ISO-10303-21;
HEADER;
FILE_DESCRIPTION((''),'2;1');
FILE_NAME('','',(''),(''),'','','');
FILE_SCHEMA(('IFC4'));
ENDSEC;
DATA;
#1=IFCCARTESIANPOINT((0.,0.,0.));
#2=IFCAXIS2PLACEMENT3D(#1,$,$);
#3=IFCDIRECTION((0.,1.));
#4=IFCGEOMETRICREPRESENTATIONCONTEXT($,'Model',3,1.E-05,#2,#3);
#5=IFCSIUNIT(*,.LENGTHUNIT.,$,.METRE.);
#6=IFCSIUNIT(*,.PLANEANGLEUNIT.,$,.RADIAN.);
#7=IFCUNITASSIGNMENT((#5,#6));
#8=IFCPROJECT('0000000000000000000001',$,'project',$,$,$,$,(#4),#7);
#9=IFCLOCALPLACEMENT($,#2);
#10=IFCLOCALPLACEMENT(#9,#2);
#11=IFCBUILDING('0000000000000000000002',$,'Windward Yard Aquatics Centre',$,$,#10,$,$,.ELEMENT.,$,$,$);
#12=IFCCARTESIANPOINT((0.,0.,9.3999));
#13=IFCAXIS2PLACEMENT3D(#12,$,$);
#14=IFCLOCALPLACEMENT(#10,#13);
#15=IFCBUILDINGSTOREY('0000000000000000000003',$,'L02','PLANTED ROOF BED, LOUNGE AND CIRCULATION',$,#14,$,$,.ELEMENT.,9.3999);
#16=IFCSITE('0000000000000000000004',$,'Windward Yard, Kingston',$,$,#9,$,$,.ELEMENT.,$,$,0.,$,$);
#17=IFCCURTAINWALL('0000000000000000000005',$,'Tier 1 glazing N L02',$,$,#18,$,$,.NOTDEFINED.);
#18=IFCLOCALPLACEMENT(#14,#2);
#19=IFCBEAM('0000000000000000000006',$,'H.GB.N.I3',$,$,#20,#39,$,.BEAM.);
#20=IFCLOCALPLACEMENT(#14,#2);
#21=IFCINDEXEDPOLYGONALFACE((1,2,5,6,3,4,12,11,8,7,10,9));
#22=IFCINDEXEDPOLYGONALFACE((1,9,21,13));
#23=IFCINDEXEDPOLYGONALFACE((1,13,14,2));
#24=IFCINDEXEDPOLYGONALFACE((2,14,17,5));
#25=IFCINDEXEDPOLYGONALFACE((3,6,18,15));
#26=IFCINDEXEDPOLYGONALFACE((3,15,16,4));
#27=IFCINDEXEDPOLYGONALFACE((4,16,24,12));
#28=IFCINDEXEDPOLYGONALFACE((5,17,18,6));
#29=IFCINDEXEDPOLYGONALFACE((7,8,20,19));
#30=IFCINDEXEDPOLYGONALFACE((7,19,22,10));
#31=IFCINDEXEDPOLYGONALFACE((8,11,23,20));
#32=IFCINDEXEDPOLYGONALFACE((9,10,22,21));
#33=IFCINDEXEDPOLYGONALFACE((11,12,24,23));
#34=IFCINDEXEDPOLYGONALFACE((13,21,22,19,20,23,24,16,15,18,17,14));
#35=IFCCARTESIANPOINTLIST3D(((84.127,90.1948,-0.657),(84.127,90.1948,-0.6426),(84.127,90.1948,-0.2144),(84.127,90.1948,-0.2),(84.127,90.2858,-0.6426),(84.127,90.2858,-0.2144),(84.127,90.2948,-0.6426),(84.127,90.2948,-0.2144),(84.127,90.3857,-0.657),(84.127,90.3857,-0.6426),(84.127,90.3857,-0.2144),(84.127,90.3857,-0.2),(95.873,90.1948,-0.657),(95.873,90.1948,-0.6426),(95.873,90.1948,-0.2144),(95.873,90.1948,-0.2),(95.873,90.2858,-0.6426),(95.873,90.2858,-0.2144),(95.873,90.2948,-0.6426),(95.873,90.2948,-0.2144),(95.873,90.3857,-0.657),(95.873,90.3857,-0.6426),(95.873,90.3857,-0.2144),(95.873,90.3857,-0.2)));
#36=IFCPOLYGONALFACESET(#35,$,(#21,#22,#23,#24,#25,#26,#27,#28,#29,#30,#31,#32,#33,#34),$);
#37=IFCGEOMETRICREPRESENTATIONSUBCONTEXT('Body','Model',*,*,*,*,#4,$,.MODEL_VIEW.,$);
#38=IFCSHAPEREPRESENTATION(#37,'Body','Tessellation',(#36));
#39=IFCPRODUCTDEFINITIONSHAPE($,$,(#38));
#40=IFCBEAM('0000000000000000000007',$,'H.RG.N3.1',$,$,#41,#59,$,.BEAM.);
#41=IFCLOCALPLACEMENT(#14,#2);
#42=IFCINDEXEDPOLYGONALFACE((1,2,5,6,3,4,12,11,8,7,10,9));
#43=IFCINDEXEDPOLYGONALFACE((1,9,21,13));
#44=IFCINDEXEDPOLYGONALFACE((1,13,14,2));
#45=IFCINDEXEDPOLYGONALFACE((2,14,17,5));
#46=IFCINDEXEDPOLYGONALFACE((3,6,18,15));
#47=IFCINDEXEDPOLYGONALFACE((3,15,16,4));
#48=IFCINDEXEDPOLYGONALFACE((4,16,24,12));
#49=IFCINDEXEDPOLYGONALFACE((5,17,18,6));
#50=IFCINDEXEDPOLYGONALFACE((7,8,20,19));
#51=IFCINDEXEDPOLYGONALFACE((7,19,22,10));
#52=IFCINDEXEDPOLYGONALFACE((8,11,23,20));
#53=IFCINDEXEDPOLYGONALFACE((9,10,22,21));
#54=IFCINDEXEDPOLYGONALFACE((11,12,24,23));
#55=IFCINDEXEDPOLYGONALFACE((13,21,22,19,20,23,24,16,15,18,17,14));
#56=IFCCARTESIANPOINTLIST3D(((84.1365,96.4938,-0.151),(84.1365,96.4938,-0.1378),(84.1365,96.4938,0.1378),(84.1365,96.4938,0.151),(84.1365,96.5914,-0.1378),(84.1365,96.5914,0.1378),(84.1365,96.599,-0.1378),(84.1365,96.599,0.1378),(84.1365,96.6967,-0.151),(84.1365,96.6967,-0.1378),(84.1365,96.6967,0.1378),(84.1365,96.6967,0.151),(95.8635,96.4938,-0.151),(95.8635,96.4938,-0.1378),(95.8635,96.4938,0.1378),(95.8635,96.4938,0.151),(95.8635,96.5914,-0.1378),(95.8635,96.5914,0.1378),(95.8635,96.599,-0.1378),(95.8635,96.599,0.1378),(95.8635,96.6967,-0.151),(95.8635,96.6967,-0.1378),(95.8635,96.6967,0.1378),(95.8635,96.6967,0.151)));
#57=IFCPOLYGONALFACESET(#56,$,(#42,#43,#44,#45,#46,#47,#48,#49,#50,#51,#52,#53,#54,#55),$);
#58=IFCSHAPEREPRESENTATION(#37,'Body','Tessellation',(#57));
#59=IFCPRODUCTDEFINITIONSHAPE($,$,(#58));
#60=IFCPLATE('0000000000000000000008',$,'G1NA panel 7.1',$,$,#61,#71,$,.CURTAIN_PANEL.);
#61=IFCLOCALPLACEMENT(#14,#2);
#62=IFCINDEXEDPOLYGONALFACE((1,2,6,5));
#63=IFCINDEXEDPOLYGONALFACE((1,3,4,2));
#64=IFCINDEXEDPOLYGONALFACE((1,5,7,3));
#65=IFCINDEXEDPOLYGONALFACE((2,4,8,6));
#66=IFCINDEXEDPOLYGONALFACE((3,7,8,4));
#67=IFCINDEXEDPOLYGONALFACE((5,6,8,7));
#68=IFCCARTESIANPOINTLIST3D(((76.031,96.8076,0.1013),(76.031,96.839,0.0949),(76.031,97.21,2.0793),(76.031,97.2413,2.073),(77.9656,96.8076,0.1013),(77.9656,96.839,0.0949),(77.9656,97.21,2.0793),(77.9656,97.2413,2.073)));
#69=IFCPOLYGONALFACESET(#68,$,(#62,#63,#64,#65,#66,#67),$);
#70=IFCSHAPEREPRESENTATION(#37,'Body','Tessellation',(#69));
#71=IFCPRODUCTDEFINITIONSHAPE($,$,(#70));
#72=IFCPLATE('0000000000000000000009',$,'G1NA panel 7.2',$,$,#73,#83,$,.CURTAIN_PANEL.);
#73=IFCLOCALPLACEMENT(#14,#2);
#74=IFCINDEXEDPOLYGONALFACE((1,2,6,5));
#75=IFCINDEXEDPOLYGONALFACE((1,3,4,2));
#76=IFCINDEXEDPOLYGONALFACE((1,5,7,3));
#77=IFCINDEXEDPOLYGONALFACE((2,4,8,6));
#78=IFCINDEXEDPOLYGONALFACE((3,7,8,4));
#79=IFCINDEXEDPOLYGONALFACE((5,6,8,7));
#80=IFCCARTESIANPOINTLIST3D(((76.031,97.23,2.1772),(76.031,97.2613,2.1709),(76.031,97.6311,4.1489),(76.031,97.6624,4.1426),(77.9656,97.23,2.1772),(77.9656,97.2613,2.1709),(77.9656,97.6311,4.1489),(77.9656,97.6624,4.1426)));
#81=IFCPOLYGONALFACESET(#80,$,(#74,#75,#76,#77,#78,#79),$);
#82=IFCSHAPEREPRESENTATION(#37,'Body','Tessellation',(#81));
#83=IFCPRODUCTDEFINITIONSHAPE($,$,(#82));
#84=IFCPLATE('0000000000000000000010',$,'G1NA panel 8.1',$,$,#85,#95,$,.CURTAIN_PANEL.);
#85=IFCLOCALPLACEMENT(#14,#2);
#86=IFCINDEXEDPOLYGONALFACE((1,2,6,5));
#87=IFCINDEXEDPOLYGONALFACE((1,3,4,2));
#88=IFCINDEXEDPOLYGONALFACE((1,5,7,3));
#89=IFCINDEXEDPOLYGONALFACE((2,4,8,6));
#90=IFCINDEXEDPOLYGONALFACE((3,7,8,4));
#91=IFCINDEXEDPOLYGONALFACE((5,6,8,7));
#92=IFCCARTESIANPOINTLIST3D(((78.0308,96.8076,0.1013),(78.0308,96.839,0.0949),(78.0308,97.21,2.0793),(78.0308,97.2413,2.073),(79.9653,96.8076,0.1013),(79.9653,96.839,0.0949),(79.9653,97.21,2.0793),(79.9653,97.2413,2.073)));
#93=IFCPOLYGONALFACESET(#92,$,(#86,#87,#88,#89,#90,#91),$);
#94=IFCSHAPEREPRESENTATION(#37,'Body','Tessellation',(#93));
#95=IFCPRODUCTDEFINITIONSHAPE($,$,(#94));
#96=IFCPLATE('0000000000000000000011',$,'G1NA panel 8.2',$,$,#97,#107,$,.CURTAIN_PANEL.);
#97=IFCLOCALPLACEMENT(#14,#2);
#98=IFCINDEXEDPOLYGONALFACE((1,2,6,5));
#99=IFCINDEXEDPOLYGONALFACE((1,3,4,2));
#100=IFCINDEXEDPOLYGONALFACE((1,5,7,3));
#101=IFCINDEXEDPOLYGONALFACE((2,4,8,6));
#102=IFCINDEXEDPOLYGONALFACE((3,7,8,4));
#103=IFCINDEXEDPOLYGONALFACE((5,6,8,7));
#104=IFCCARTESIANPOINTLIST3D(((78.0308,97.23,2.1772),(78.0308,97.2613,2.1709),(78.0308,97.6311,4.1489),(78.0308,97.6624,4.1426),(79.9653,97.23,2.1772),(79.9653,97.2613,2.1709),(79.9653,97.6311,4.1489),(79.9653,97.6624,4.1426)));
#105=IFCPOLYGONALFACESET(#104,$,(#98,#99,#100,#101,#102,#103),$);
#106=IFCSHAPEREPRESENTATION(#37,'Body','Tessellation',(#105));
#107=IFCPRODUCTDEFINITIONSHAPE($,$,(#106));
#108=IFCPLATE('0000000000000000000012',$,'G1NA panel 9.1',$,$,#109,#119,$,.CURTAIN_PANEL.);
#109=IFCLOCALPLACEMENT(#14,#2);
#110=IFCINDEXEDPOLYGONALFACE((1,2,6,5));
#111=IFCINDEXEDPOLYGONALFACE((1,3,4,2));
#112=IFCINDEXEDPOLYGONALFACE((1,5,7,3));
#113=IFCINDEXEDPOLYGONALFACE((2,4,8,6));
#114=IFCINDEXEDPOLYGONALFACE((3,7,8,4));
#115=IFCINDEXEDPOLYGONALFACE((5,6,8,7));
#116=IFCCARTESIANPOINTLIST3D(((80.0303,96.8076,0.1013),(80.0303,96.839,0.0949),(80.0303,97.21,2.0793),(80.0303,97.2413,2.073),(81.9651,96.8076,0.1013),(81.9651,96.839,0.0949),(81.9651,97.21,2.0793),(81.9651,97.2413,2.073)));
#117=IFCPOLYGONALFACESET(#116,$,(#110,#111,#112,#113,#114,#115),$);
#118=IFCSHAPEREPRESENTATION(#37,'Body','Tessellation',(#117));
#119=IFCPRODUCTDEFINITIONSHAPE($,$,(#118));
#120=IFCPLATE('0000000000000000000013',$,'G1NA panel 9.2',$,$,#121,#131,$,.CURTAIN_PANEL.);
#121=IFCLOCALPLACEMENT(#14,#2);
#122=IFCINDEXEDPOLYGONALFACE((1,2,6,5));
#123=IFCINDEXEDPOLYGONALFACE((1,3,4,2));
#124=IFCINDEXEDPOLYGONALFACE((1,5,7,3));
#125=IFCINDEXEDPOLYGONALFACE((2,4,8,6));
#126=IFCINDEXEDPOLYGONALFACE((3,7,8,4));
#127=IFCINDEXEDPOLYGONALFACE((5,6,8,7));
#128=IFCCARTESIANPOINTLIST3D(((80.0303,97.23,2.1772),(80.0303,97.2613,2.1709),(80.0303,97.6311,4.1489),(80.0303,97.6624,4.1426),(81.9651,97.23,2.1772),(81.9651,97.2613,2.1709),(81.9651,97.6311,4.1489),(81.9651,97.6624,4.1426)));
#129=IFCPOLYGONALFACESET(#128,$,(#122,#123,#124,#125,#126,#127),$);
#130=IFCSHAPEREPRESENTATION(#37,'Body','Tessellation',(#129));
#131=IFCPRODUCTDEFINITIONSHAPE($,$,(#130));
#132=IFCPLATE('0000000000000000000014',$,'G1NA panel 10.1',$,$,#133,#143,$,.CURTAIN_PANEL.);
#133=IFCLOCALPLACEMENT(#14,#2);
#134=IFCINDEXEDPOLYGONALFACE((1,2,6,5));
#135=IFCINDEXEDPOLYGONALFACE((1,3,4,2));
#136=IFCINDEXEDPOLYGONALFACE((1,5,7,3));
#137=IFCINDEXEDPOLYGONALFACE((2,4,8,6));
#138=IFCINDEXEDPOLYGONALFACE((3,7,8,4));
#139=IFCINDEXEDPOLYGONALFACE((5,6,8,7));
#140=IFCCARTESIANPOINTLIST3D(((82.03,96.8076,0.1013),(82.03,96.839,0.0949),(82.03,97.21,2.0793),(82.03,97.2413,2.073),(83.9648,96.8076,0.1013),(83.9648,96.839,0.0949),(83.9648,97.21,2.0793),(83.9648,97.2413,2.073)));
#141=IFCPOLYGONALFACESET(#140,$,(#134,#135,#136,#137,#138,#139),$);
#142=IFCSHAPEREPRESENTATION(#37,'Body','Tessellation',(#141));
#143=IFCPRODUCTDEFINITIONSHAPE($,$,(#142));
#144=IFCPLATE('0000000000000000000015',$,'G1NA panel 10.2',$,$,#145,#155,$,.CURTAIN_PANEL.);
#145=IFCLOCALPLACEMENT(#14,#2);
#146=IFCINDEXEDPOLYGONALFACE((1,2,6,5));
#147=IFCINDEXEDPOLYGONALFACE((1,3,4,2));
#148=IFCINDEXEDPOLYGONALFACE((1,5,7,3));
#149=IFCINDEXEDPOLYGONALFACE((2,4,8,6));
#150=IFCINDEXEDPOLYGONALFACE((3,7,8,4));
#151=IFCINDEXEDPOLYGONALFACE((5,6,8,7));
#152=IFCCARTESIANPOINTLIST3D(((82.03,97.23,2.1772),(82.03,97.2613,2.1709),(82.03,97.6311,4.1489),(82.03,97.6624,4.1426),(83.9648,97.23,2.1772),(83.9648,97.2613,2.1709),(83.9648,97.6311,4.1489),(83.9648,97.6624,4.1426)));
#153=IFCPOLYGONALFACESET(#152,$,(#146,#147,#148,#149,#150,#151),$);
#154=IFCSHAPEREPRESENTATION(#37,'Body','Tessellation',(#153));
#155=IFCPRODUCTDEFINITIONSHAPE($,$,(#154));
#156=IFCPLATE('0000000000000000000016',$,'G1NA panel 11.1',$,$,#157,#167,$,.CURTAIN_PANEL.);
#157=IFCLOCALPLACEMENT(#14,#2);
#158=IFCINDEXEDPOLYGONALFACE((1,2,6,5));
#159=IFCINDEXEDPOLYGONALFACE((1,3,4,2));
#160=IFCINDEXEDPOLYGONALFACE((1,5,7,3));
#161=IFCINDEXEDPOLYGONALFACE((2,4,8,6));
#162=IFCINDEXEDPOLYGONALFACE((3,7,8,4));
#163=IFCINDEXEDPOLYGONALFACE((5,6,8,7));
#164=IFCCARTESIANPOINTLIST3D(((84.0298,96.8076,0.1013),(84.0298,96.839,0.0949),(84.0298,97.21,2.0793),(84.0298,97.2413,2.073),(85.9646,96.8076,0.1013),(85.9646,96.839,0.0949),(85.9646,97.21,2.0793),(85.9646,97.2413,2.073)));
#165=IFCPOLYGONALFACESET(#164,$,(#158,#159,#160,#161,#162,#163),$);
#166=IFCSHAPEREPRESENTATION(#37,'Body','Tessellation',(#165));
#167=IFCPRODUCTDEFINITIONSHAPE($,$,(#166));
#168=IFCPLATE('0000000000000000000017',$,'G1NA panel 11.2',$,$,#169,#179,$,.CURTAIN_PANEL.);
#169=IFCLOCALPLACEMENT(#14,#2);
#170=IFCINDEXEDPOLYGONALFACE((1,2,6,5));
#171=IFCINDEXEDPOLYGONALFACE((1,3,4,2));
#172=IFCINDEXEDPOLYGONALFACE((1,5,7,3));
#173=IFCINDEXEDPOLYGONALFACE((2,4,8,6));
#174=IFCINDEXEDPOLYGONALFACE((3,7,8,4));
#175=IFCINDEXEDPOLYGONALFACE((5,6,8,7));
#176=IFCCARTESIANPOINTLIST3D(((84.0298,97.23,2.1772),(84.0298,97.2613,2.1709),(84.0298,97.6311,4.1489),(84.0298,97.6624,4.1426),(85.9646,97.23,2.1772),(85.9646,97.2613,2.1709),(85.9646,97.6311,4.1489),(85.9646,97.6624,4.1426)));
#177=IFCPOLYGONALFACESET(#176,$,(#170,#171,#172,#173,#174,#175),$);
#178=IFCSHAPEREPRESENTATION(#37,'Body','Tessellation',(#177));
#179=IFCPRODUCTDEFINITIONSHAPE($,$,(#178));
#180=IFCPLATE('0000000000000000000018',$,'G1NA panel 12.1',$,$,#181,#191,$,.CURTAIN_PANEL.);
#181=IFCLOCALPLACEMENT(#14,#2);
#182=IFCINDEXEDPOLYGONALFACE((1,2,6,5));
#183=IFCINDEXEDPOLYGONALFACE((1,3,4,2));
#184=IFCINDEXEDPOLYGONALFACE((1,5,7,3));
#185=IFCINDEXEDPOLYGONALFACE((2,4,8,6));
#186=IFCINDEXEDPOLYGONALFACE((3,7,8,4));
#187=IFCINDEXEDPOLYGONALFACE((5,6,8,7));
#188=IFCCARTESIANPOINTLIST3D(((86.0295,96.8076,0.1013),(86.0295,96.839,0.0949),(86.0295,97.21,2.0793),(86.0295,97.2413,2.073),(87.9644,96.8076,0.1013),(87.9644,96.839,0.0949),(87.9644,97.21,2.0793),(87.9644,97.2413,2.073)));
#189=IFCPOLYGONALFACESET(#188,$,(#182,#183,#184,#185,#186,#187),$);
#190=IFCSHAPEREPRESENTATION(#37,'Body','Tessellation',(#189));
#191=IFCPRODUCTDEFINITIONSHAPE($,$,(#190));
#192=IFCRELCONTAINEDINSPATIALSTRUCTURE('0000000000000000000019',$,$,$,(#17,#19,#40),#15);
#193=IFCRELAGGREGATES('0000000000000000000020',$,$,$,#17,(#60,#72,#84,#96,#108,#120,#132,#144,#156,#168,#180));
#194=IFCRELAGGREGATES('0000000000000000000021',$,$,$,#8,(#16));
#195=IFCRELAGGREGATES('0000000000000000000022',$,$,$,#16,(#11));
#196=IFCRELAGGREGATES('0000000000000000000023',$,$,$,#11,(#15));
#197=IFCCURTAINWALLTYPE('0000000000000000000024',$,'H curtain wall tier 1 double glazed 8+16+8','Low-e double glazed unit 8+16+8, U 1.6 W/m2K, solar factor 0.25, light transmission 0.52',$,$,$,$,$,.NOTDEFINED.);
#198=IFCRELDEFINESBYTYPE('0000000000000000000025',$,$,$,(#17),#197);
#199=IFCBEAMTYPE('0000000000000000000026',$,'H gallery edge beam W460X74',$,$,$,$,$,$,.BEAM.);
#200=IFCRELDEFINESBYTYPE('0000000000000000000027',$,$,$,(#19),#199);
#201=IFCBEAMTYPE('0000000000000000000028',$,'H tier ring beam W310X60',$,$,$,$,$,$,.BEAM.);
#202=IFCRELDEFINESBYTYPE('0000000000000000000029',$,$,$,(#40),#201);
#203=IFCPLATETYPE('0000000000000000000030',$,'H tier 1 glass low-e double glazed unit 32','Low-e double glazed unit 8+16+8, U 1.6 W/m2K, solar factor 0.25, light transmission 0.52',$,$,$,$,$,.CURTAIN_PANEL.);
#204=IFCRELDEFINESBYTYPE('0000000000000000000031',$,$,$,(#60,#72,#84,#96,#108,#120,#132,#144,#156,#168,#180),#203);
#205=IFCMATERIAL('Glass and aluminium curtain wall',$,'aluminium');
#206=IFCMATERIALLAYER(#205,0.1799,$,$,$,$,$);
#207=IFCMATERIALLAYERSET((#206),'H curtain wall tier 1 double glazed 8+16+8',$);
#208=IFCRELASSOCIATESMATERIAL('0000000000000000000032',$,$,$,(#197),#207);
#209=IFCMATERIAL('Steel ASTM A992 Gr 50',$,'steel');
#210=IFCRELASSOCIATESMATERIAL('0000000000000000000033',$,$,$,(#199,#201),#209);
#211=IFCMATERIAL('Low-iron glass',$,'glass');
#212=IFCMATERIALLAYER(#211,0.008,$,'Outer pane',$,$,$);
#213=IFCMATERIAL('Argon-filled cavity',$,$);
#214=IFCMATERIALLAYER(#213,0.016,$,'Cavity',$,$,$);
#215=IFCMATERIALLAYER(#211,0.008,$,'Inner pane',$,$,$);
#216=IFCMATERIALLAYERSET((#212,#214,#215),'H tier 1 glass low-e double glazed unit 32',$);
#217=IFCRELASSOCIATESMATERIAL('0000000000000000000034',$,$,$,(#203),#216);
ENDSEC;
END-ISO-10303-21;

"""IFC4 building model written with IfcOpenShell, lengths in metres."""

from ifc_helpers import new_model, si_unit, direction, frame, origin, origin_2d, place, context, subcontext, project, spatial, polyline, i_section, outline, extrude, material, layer, layer_set, material_profile, profile_set, type_object, element, aggregate, save


model = new_model("IFC4")

# Units and contexts
model_context = context("Model", 3, precision=1e-05, world=origin(), true_north=direction((0.0, 1.0)))
body_context = subcontext(model_context, "Body", "Model", "MODEL_VIEW")
ifc_project = project(units=[si_unit("LENGTHUNIT", "METRE"), si_unit("PLANEANGLEUNIT", "RADIAN")], contexts=[model_context])

# Site, building, storey
site_placement = place(None, origin())
site = spatial("IfcSite", under=ifc_project, at=site_placement, Name="Windward Yard, Kingston", CompositionType="ELEMENT", RefElevation=0.0)
building_placement = place(site_placement, origin())
building = spatial("IfcBuilding", under=site, at=building_placement, Name="Windward Yard Aquatics Centre", CompositionType="ELEMENT")
storey_placement = place(building_placement, frame((0.0, 0.0, 9.3999)))
storey = spatial("IfcBuildingStorey", under=building, at=storey_placement, Name="L02", Description="PLANTED ROOF BED, LOUNGE AND CIRCULATION", CompositionType="ELEMENT", Elevation=9.3999)

# Curtain wall
ifc_material_1 = material(Name="Glass and aluminium curtain wall", Category="aluminium")
ifc_layer_1 = layer(ifc_material_1, 0.1799)
ifc_layer_set_1 = layer_set([ifc_layer_1], Name="H curtain wall tier 1 double glazed 8+16+8")
curtain_wall_type = type_object("IfcCurtainWallType", Name="H curtain wall tier 1 double glazed 8+16+8", Description="Low-e double glazed unit 8+16+8, U 1.6 W/m2K, solar factor 0.25, light transmission 0.52", PredefinedType="NOTDEFINED", material=ifc_layer_set_1)
curtain_wall_placement = place(storey_placement, origin())
curtain_wall = element("IfcCurtainWall", 1, at=curtain_wall_placement, inside=storey, type_object=curtain_wall_type, Name="Tier 1 glazing N L02", PredefinedType="NOTDEFINED")

# Beams
ifc_material_2 = material(Name="Steel ASTM A992 Gr 50", Category="steel")
ifc_material_profile_1 = material_profile(ifc_material_2, i_section(OverallWidth=0.1909, OverallDepth=0.457, WebThickness=0.009, FlangeThickness=0.0144, at=origin_2d()), Name="W460X74")
ifc_profile_set_1 = profile_set([ifc_material_profile_1], Name="Steel ASTM A992 Gr 50")
beam_type_1 = type_object("IfcBeamType", Name="H gallery edge beam W460X74", PredefinedType="BEAM", material=ifc_profile_set_1)
beam_1_placement = place(storey_placement, frame((84.127, 90.2903, -0.4285), z_axis=(1.0, 0.0, 0.0), x_axis=(0.0, 1.0, 0.0)))
element("IfcBeam", 2, at=beam_1_placement, inside=storey, type_object=beam_type_1, Name="H.GB.N.I3", PredefinedType="BEAM", context=body_context, shape_type="SweptSolid", body=[
    extrude(i_section(OverallWidth=0.1909, OverallDepth=0.457, WebThickness=0.009, FlangeThickness=0.0144, at=origin_2d()), origin(), (0.0, 0.0, 1.0), 11.7461),
])
ifc_material_profile_2 = material_profile(ifc_material_2, i_section(OverallWidth=0.2029, OverallDepth=0.302, WebThickness=0.0076, FlangeThickness=0.0132, at=origin_2d()), Name="W310X60")
ifc_profile_set_2 = profile_set([ifc_material_profile_2], Name="Steel ASTM A992 Gr 50")
beam_type_2 = type_object("IfcBeamType", Name="H tier ring beam W310X60", PredefinedType="BEAM", material=ifc_profile_set_2)
beam_2_placement = place(storey_placement, frame((84.1365, 96.5952, 0.0), z_axis=(1.0, 0.0, 0.0), x_axis=(0.0, 1.0, 0.0)))
element("IfcBeam", 3, at=beam_2_placement, inside=storey, type_object=beam_type_2, Name="H.RG.N3.1", PredefinedType="BEAM", context=body_context, shape_type="SweptSolid", body=[
    extrude(i_section(OverallWidth=0.2029, OverallDepth=0.302, WebThickness=0.0076, FlangeThickness=0.0132, at=origin_2d()), origin(), (0.0, 0.0, 1.0), 11.7271),
])

# Plates
ifc_material_3 = material(Name="Low-iron glass", Category="glass")
ifc_layer_2 = layer(ifc_material_3, 0.008, Name="Outer pane")
ifc_material_4 = material(Name="Argon-filled cavity")
ifc_layer_3 = layer(ifc_material_4, 0.016, Name="Cavity")
ifc_layer_4 = layer(ifc_material_3, 0.008, Name="Inner pane")
ifc_layer_set_2 = layer_set([ifc_layer_2, ifc_layer_3, ifc_layer_4], Name="H tier 1 glass low-e double glazed unit 32")
plate_type = type_object("IfcPlateType", Name="H tier 1 glass low-e double glazed unit 32", Description="Low-e double glazed unit 8+16+8, U 1.6 W/m2K, solar factor 0.25, light transmission 0.52", PredefinedType="CURTAIN_PANEL", material=ifc_layer_set_2)
plate_1_placement = place(storey_placement, frame((76.031, 96.8076, 0.1013), z_axis=(0.0, -0.979933, 0.199325), x_axis=(1.0, 0.0, 0.0)))
plate_1 = element("IfcPlate", 4, at=plate_1_placement, type_object=plate_type, Name="G1NA panel 7.1", PredefinedType="CURTAIN_PANEL", context=body_context, shape_type="SweptSolid", body=[
    extrude(outline(polyline([(0.0, 0.0), (1.9346, 0.0), (1.9346, 2.0185), (0.0, 2.0185), (0.0, 0.0)])), origin(), (0.0, 0.0, -1.0), 0.032),
])
plate_2_placement = place(storey_placement, frame((76.031, 97.23, 2.1772), z_axis=(0.0, -0.979927, 0.199359), x_axis=(1.0, 0.0, 0.0)))
plate_2 = element("IfcPlate", 5, at=plate_2_placement, type_object=plate_type, Name="G1NA panel 7.2", PredefinedType="CURTAIN_PANEL", context=body_context, shape_type="SweptSolid", body=[
    extrude(outline(polyline([(0.0, 0.0), (1.9346, 0.0), (1.9346, 2.0121), (0.0, 2.0121), (0.0, 0.0)])), origin(), (0.0, 0.0, -1.0), 0.032),
])
plate_3_placement = place(storey_placement, frame((78.0308, 96.8076, 0.1013), z_axis=(0.0, -0.979933, 0.199325), x_axis=(1.0, 0.0, 0.0)))
plate_3 = element("IfcPlate", 6, at=plate_3_placement, type_object=plate_type, Name="G1NA panel 8.1", PredefinedType="CURTAIN_PANEL", context=body_context, shape_type="SweptSolid", body=[
    extrude(outline(polyline([(0.0, 0.0), (1.9346, 0.0), (1.9346, 2.0185), (0.0, 2.0185), (0.0, 0.0)])), origin(), (0.0, 0.0, -1.0), 0.032),
])
plate_4_placement = place(storey_placement, frame((78.0308, 97.23, 2.1772), z_axis=(0.0, -0.979927, 0.199359), x_axis=(1.0, 0.0, 0.0)))
plate_4 = element("IfcPlate", 7, at=plate_4_placement, type_object=plate_type, Name="G1NA panel 8.2", PredefinedType="CURTAIN_PANEL", context=body_context, shape_type="SweptSolid", body=[
    extrude(outline(polyline([(0.0, 0.0), (1.9346, 0.0), (1.9346, 2.0121), (0.0, 2.0121), (0.0, 0.0)])), origin(), (0.0, 0.0, -1.0), 0.032),
])
plate_5_placement = place(storey_placement, frame((80.0303, 96.8076, 0.1013), z_axis=(0.0, -0.979933, 0.199325), x_axis=(1.0, 0.0, 0.0)))
plate_5 = element("IfcPlate", 8, at=plate_5_placement, type_object=plate_type, Name="G1NA panel 9.1", PredefinedType="CURTAIN_PANEL", context=body_context, shape_type="SweptSolid", body=[
    extrude(outline(polyline([(0.0, 0.0), (1.9348, 0.0), (1.9348, 2.0185), (0.0, 2.0185), (0.0, 0.0)])), origin(), (0.0, 0.0, -1.0), 0.032),
])
plate_6_placement = place(storey_placement, frame((80.0303, 97.23, 2.1772), z_axis=(0.0, -0.979927, 0.199359), x_axis=(1.0, 0.0, 0.0)))
plate_6 = element("IfcPlate", 9, at=plate_6_placement, type_object=plate_type, Name="G1NA panel 9.2", PredefinedType="CURTAIN_PANEL", context=body_context, shape_type="SweptSolid", body=[
    extrude(outline(polyline([(0.0, 0.0), (1.9348, 0.0), (1.9348, 2.0121), (0.0, 2.0121), (0.0, 0.0)])), origin(), (0.0, 0.0, -1.0), 0.032),
])
plate_7_placement = place(storey_placement, frame((82.03, 96.8076, 0.1013), z_axis=(0.0, -0.979933, 0.199325), x_axis=(1.0, 0.0, 0.0)))
plate_7 = element("IfcPlate", 10, at=plate_7_placement, type_object=plate_type, Name="G1NA panel 10.1", PredefinedType="CURTAIN_PANEL", context=body_context, shape_type="SweptSolid", body=[
    extrude(outline(polyline([(0.0, 0.0), (1.9348, 0.0), (1.9348, 2.0185), (0.0, 2.0185), (0.0, 0.0)])), origin(), (0.0, 0.0, -1.0), 0.032),
])
plate_8_placement = place(storey_placement, frame((82.03, 97.23, 2.1772), z_axis=(0.0, -0.979927, 0.199359), x_axis=(1.0, 0.0, 0.0)))
plate_8 = element("IfcPlate", 11, at=plate_8_placement, type_object=plate_type, Name="G1NA panel 10.2", PredefinedType="CURTAIN_PANEL", context=body_context, shape_type="SweptSolid", body=[
    extrude(outline(polyline([(0.0, 0.0), (1.9348, 0.0), (1.9348, 2.0121), (0.0, 2.0121), (0.0, 0.0)])), origin(), (0.0, 0.0, -1.0), 0.032),
])
plate_9_placement = place(storey_placement, frame((84.0298, 96.8076, 0.1013), z_axis=(0.0, -0.979933, 0.199325), x_axis=(1.0, 0.0, 0.0)))
plate_9 = element("IfcPlate", 12, at=plate_9_placement, type_object=plate_type, Name="G1NA panel 11.1", PredefinedType="CURTAIN_PANEL", context=body_context, shape_type="SweptSolid", body=[
    extrude(outline(polyline([(0.0, 0.0), (1.9348, 0.0), (1.9348, 2.0185), (0.0, 2.0185), (0.0, 0.0)])), origin(), (0.0, 0.0, -1.0), 0.032),
])
plate_10_placement = place(storey_placement, frame((84.0298, 97.23, 2.1772), z_axis=(0.0, -0.979927, 0.199359), x_axis=(1.0, 0.0, 0.0)))
plate_10 = element("IfcPlate", 13, at=plate_10_placement, type_object=plate_type, Name="G1NA panel 11.2", PredefinedType="CURTAIN_PANEL", context=body_context, shape_type="SweptSolid", body=[
    extrude(outline(polyline([(0.0, 0.0), (1.9348, 0.0), (1.9348, 2.0121), (0.0, 2.0121), (0.0, 0.0)])), origin(), (0.0, 0.0, -1.0), 0.032),
])
plate_11_placement = place(storey_placement, frame((86.0295, 96.8076, 0.1013), z_axis=(0.0, -0.979933, 0.199325), x_axis=(1.0, 0.0, 0.0)))
plate_11 = element("IfcPlate", 14, at=plate_11_placement, type_object=plate_type, Name="G1NA panel 12.1", PredefinedType="CURTAIN_PANEL", context=body_context, shape_type="SweptSolid", body=[
    extrude(outline(polyline([(0.0, 0.0), (1.9348, 0.0), (1.9348, 2.0185), (0.0, 2.0185), (0.0, 0.0)])), origin(), (0.0, 0.0, -1.0), 0.032),
])
aggregate(curtain_wall, [plate_1, plate_2, plate_3, plate_4, plate_5, plate_6, plate_7, plate_8, plate_9, plate_10, plate_11])

save(model, "model.ifc")
